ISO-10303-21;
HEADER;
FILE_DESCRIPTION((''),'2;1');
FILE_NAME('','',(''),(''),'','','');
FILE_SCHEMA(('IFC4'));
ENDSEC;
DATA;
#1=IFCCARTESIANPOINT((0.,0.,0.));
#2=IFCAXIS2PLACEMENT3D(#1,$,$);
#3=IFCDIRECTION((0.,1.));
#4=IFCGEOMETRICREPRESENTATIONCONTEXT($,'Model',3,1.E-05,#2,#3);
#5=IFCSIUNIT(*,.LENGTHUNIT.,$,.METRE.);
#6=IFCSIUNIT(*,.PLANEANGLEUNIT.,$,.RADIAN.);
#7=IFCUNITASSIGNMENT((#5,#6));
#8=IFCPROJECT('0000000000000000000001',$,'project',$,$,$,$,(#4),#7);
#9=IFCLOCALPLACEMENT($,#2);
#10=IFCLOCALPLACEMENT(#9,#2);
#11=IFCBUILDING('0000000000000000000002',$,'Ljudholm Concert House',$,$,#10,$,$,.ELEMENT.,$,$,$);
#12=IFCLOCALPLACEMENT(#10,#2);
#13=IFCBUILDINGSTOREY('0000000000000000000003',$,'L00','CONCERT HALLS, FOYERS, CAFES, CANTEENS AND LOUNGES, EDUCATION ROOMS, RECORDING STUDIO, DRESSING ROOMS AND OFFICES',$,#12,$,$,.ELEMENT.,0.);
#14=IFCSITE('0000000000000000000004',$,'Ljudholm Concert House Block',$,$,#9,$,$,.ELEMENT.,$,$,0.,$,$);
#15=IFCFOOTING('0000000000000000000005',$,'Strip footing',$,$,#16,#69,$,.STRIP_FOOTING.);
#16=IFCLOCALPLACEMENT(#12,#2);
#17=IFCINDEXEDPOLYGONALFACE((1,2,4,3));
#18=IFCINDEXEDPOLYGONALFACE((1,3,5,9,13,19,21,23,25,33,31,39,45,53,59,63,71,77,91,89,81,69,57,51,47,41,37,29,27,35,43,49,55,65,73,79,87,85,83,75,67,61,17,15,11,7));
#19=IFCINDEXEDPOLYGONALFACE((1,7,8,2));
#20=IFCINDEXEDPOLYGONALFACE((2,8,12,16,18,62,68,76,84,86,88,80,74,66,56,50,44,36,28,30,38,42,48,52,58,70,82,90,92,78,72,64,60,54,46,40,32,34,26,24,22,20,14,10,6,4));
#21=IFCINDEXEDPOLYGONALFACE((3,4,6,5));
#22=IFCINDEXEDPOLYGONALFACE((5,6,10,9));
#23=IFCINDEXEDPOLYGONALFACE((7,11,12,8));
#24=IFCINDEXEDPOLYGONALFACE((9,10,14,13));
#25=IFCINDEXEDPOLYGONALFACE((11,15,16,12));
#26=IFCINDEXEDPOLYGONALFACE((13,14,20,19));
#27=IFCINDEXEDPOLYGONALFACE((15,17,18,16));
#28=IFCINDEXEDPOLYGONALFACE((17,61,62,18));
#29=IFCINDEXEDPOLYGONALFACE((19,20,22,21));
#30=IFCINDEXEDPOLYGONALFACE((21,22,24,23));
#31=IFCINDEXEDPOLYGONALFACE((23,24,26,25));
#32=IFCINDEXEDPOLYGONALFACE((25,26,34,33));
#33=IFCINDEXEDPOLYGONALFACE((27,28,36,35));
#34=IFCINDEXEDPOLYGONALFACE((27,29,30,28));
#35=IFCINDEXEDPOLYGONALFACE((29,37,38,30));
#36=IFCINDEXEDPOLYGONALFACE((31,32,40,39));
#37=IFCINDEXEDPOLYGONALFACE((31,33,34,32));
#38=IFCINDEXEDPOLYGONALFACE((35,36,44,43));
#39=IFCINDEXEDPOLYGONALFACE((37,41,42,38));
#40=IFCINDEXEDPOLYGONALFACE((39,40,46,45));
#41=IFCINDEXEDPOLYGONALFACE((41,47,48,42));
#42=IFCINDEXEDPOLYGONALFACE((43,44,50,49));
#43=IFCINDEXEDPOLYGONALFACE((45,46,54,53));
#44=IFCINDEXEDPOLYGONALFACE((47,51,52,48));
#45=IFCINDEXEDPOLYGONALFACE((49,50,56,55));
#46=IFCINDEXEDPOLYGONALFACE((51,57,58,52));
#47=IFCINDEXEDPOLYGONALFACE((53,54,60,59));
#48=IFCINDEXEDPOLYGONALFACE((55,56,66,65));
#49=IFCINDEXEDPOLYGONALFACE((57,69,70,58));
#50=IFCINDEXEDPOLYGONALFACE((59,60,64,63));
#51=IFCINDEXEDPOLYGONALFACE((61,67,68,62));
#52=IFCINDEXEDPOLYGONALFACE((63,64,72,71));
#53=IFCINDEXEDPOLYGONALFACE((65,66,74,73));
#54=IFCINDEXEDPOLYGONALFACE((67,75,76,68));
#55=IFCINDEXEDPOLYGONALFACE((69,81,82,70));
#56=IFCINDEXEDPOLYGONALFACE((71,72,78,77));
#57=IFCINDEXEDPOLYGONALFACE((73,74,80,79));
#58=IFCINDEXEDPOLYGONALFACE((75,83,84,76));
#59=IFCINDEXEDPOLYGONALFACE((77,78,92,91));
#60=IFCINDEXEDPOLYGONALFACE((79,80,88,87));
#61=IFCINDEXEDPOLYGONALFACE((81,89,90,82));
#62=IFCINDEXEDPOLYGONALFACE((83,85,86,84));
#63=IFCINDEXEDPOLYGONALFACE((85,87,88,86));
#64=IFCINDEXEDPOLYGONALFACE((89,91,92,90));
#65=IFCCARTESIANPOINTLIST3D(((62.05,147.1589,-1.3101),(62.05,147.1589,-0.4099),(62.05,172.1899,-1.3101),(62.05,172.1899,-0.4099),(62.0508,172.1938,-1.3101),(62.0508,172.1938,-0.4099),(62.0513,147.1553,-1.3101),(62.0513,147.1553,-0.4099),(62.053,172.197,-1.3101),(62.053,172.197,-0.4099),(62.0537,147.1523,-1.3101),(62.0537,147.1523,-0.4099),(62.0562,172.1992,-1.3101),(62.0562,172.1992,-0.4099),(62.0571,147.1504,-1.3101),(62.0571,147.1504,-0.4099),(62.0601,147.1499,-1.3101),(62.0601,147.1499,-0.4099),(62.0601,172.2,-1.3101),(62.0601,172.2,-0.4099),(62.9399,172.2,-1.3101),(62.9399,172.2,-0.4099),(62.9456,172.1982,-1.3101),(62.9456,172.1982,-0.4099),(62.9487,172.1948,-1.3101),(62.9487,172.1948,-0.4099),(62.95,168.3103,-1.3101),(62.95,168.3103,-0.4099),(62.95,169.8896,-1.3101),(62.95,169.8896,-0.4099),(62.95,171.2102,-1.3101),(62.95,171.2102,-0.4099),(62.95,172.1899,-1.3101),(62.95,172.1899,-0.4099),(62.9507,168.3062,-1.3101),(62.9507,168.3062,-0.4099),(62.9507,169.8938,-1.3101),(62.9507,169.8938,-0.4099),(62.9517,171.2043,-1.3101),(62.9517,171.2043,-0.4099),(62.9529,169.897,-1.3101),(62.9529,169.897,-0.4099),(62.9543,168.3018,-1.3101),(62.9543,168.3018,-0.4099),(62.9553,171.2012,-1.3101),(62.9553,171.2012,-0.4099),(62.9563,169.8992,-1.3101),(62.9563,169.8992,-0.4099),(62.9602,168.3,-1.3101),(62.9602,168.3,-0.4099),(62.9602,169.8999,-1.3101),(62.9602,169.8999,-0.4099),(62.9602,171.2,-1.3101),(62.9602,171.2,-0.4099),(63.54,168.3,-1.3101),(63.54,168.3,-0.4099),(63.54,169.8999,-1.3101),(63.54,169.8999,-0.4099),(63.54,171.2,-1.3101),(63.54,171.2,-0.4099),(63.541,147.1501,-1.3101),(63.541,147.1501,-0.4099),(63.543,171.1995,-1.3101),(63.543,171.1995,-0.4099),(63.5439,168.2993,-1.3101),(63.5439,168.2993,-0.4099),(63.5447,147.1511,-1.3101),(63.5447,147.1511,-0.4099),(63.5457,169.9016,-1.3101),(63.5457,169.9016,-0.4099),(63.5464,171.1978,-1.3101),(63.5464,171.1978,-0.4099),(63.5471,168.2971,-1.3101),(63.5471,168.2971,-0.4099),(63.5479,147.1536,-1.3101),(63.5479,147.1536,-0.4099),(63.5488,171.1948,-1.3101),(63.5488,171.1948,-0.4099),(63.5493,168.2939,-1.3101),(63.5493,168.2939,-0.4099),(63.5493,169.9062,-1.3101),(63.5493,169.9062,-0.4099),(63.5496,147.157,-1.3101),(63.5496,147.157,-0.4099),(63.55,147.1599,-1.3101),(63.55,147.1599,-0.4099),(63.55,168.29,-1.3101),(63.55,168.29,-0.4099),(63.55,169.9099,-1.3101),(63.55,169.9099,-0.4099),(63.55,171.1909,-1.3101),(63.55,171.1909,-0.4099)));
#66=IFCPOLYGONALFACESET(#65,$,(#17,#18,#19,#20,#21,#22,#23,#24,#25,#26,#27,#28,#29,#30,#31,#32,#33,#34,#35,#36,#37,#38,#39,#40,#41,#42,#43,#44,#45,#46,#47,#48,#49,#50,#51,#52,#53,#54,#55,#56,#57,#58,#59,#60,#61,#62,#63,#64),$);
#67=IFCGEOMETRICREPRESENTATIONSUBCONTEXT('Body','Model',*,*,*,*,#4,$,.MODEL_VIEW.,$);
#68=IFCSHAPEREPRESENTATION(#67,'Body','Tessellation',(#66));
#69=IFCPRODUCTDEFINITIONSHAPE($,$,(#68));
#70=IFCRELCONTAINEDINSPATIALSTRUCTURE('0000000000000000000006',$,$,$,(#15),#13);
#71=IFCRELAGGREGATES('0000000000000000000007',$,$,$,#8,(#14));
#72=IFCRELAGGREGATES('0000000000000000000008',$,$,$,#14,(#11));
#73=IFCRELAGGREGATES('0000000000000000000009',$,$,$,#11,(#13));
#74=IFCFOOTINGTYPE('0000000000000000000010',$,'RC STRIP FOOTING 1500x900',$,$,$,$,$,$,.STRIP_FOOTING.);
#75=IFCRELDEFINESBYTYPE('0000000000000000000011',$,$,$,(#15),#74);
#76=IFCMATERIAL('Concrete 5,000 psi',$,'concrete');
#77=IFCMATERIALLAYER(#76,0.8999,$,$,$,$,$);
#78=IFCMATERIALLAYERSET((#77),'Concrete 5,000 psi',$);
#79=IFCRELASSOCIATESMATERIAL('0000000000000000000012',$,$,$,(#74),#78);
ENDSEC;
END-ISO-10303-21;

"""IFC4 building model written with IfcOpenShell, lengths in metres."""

from ifc_helpers import new_model, si_unit, direction, frame, origin, place, context, subcontext, project, spatial, polyline, outline, extrude, material, layer, layer_set, type_object, element, save


model = new_model("IFC4")

# Units and contexts
model_context = context("Model", 3, precision=1e-05, world=origin(), true_north=direction((0.0, 1.0)))
body_context = subcontext(model_context, "Body", "Model", "MODEL_VIEW")
ifc_project = project(units=[si_unit("LENGTHUNIT", "METRE"), si_unit("PLANEANGLEUNIT", "RADIAN")], contexts=[model_context])

# Site, building, storey
site_placement = place(None, origin())
site = spatial("IfcSite", under=ifc_project, at=site_placement, Name="Ljudholm Concert House Block", CompositionType="ELEMENT", RefElevation=0.0)
building_placement = place(site_placement, origin())
building = spatial("IfcBuilding", under=site, at=building_placement, Name="Ljudholm Concert House", CompositionType="ELEMENT")
storey_placement = place(building_placement, origin())
storey = spatial("IfcBuildingStorey", under=building, at=storey_placement, Name="L00", Description="CONCERT HALLS, FOYERS, CAFES, CANTEENS AND LOUNGES, EDUCATION ROOMS, RECORDING STUDIO, DRESSING ROOMS AND OFFICES", CompositionType="ELEMENT", Elevation=0.0)

# Footing
ifc_material_1 = material(Name="Concrete 5,000 psi", Category="concrete")
ifc_layer_1 = layer(ifc_material_1, 0.8999)
ifc_layer_set_1 = layer_set([ifc_layer_1], Name="Concrete 5,000 psi")
footing_type_1 = type_object("IfcFootingType", Name="RC STRIP FOOTING 1500x900", PredefinedType="STRIP_FOOTING", material=ifc_layer_set_1)
footing_1_placement = place(storey_placement, frame((0.0, 0.0, -1.3101)))
element("IfcFooting", 1, at=footing_1_placement, inside=storey, type_object=footing_type_1, Name="Strip footing", PredefinedType="STRIP_FOOTING", context=body_context, shape_type="SweptSolid", body=[
    extrude(outline(polyline([(62.05, 172.1899), (62.05, 147.1589), (62.0513, 147.1553), (62.0537, 147.1523), (62.0571, 147.1504), (62.0601, 147.1499), (63.541, 147.1501), (63.5447, 147.1511), (63.5479, 147.1536), (63.5496, 147.157), (63.55, 147.1599), (63.55, 168.29), (63.5493, 168.2939), (63.5471, 168.2971), (63.5439, 168.2993), (63.54, 168.3), (62.9602, 168.3), (62.9543, 168.3018), (62.9507, 168.3062), (62.95, 168.3103), (62.95, 169.8896), (62.9507, 169.8938), (62.9529, 169.897), (62.9563, 169.8992), (62.9602, 169.8999), (63.54, 169.8999), (63.5457, 169.9016), (63.5493, 169.9062), (63.55, 169.9099), (63.55, 171.1909), (63.5488, 171.1948), (63.5464, 171.1978), (63.543, 171.1995), (63.54, 171.2), (62.9602, 171.2), (62.9553, 171.2012), (62.9517, 171.2043), (62.95, 171.2102), (62.95, 172.1899), (62.9487, 172.1948), (62.9456, 172.1982), (62.9399, 172.2), (62.0601, 172.2), (62.0562, 172.1992), (62.053, 172.197), (62.0508, 172.1938), (62.05, 172.1899)])), origin(), (0.0, 0.0, 1.0), 0.9001),
])

save(model, "model.ifc")
